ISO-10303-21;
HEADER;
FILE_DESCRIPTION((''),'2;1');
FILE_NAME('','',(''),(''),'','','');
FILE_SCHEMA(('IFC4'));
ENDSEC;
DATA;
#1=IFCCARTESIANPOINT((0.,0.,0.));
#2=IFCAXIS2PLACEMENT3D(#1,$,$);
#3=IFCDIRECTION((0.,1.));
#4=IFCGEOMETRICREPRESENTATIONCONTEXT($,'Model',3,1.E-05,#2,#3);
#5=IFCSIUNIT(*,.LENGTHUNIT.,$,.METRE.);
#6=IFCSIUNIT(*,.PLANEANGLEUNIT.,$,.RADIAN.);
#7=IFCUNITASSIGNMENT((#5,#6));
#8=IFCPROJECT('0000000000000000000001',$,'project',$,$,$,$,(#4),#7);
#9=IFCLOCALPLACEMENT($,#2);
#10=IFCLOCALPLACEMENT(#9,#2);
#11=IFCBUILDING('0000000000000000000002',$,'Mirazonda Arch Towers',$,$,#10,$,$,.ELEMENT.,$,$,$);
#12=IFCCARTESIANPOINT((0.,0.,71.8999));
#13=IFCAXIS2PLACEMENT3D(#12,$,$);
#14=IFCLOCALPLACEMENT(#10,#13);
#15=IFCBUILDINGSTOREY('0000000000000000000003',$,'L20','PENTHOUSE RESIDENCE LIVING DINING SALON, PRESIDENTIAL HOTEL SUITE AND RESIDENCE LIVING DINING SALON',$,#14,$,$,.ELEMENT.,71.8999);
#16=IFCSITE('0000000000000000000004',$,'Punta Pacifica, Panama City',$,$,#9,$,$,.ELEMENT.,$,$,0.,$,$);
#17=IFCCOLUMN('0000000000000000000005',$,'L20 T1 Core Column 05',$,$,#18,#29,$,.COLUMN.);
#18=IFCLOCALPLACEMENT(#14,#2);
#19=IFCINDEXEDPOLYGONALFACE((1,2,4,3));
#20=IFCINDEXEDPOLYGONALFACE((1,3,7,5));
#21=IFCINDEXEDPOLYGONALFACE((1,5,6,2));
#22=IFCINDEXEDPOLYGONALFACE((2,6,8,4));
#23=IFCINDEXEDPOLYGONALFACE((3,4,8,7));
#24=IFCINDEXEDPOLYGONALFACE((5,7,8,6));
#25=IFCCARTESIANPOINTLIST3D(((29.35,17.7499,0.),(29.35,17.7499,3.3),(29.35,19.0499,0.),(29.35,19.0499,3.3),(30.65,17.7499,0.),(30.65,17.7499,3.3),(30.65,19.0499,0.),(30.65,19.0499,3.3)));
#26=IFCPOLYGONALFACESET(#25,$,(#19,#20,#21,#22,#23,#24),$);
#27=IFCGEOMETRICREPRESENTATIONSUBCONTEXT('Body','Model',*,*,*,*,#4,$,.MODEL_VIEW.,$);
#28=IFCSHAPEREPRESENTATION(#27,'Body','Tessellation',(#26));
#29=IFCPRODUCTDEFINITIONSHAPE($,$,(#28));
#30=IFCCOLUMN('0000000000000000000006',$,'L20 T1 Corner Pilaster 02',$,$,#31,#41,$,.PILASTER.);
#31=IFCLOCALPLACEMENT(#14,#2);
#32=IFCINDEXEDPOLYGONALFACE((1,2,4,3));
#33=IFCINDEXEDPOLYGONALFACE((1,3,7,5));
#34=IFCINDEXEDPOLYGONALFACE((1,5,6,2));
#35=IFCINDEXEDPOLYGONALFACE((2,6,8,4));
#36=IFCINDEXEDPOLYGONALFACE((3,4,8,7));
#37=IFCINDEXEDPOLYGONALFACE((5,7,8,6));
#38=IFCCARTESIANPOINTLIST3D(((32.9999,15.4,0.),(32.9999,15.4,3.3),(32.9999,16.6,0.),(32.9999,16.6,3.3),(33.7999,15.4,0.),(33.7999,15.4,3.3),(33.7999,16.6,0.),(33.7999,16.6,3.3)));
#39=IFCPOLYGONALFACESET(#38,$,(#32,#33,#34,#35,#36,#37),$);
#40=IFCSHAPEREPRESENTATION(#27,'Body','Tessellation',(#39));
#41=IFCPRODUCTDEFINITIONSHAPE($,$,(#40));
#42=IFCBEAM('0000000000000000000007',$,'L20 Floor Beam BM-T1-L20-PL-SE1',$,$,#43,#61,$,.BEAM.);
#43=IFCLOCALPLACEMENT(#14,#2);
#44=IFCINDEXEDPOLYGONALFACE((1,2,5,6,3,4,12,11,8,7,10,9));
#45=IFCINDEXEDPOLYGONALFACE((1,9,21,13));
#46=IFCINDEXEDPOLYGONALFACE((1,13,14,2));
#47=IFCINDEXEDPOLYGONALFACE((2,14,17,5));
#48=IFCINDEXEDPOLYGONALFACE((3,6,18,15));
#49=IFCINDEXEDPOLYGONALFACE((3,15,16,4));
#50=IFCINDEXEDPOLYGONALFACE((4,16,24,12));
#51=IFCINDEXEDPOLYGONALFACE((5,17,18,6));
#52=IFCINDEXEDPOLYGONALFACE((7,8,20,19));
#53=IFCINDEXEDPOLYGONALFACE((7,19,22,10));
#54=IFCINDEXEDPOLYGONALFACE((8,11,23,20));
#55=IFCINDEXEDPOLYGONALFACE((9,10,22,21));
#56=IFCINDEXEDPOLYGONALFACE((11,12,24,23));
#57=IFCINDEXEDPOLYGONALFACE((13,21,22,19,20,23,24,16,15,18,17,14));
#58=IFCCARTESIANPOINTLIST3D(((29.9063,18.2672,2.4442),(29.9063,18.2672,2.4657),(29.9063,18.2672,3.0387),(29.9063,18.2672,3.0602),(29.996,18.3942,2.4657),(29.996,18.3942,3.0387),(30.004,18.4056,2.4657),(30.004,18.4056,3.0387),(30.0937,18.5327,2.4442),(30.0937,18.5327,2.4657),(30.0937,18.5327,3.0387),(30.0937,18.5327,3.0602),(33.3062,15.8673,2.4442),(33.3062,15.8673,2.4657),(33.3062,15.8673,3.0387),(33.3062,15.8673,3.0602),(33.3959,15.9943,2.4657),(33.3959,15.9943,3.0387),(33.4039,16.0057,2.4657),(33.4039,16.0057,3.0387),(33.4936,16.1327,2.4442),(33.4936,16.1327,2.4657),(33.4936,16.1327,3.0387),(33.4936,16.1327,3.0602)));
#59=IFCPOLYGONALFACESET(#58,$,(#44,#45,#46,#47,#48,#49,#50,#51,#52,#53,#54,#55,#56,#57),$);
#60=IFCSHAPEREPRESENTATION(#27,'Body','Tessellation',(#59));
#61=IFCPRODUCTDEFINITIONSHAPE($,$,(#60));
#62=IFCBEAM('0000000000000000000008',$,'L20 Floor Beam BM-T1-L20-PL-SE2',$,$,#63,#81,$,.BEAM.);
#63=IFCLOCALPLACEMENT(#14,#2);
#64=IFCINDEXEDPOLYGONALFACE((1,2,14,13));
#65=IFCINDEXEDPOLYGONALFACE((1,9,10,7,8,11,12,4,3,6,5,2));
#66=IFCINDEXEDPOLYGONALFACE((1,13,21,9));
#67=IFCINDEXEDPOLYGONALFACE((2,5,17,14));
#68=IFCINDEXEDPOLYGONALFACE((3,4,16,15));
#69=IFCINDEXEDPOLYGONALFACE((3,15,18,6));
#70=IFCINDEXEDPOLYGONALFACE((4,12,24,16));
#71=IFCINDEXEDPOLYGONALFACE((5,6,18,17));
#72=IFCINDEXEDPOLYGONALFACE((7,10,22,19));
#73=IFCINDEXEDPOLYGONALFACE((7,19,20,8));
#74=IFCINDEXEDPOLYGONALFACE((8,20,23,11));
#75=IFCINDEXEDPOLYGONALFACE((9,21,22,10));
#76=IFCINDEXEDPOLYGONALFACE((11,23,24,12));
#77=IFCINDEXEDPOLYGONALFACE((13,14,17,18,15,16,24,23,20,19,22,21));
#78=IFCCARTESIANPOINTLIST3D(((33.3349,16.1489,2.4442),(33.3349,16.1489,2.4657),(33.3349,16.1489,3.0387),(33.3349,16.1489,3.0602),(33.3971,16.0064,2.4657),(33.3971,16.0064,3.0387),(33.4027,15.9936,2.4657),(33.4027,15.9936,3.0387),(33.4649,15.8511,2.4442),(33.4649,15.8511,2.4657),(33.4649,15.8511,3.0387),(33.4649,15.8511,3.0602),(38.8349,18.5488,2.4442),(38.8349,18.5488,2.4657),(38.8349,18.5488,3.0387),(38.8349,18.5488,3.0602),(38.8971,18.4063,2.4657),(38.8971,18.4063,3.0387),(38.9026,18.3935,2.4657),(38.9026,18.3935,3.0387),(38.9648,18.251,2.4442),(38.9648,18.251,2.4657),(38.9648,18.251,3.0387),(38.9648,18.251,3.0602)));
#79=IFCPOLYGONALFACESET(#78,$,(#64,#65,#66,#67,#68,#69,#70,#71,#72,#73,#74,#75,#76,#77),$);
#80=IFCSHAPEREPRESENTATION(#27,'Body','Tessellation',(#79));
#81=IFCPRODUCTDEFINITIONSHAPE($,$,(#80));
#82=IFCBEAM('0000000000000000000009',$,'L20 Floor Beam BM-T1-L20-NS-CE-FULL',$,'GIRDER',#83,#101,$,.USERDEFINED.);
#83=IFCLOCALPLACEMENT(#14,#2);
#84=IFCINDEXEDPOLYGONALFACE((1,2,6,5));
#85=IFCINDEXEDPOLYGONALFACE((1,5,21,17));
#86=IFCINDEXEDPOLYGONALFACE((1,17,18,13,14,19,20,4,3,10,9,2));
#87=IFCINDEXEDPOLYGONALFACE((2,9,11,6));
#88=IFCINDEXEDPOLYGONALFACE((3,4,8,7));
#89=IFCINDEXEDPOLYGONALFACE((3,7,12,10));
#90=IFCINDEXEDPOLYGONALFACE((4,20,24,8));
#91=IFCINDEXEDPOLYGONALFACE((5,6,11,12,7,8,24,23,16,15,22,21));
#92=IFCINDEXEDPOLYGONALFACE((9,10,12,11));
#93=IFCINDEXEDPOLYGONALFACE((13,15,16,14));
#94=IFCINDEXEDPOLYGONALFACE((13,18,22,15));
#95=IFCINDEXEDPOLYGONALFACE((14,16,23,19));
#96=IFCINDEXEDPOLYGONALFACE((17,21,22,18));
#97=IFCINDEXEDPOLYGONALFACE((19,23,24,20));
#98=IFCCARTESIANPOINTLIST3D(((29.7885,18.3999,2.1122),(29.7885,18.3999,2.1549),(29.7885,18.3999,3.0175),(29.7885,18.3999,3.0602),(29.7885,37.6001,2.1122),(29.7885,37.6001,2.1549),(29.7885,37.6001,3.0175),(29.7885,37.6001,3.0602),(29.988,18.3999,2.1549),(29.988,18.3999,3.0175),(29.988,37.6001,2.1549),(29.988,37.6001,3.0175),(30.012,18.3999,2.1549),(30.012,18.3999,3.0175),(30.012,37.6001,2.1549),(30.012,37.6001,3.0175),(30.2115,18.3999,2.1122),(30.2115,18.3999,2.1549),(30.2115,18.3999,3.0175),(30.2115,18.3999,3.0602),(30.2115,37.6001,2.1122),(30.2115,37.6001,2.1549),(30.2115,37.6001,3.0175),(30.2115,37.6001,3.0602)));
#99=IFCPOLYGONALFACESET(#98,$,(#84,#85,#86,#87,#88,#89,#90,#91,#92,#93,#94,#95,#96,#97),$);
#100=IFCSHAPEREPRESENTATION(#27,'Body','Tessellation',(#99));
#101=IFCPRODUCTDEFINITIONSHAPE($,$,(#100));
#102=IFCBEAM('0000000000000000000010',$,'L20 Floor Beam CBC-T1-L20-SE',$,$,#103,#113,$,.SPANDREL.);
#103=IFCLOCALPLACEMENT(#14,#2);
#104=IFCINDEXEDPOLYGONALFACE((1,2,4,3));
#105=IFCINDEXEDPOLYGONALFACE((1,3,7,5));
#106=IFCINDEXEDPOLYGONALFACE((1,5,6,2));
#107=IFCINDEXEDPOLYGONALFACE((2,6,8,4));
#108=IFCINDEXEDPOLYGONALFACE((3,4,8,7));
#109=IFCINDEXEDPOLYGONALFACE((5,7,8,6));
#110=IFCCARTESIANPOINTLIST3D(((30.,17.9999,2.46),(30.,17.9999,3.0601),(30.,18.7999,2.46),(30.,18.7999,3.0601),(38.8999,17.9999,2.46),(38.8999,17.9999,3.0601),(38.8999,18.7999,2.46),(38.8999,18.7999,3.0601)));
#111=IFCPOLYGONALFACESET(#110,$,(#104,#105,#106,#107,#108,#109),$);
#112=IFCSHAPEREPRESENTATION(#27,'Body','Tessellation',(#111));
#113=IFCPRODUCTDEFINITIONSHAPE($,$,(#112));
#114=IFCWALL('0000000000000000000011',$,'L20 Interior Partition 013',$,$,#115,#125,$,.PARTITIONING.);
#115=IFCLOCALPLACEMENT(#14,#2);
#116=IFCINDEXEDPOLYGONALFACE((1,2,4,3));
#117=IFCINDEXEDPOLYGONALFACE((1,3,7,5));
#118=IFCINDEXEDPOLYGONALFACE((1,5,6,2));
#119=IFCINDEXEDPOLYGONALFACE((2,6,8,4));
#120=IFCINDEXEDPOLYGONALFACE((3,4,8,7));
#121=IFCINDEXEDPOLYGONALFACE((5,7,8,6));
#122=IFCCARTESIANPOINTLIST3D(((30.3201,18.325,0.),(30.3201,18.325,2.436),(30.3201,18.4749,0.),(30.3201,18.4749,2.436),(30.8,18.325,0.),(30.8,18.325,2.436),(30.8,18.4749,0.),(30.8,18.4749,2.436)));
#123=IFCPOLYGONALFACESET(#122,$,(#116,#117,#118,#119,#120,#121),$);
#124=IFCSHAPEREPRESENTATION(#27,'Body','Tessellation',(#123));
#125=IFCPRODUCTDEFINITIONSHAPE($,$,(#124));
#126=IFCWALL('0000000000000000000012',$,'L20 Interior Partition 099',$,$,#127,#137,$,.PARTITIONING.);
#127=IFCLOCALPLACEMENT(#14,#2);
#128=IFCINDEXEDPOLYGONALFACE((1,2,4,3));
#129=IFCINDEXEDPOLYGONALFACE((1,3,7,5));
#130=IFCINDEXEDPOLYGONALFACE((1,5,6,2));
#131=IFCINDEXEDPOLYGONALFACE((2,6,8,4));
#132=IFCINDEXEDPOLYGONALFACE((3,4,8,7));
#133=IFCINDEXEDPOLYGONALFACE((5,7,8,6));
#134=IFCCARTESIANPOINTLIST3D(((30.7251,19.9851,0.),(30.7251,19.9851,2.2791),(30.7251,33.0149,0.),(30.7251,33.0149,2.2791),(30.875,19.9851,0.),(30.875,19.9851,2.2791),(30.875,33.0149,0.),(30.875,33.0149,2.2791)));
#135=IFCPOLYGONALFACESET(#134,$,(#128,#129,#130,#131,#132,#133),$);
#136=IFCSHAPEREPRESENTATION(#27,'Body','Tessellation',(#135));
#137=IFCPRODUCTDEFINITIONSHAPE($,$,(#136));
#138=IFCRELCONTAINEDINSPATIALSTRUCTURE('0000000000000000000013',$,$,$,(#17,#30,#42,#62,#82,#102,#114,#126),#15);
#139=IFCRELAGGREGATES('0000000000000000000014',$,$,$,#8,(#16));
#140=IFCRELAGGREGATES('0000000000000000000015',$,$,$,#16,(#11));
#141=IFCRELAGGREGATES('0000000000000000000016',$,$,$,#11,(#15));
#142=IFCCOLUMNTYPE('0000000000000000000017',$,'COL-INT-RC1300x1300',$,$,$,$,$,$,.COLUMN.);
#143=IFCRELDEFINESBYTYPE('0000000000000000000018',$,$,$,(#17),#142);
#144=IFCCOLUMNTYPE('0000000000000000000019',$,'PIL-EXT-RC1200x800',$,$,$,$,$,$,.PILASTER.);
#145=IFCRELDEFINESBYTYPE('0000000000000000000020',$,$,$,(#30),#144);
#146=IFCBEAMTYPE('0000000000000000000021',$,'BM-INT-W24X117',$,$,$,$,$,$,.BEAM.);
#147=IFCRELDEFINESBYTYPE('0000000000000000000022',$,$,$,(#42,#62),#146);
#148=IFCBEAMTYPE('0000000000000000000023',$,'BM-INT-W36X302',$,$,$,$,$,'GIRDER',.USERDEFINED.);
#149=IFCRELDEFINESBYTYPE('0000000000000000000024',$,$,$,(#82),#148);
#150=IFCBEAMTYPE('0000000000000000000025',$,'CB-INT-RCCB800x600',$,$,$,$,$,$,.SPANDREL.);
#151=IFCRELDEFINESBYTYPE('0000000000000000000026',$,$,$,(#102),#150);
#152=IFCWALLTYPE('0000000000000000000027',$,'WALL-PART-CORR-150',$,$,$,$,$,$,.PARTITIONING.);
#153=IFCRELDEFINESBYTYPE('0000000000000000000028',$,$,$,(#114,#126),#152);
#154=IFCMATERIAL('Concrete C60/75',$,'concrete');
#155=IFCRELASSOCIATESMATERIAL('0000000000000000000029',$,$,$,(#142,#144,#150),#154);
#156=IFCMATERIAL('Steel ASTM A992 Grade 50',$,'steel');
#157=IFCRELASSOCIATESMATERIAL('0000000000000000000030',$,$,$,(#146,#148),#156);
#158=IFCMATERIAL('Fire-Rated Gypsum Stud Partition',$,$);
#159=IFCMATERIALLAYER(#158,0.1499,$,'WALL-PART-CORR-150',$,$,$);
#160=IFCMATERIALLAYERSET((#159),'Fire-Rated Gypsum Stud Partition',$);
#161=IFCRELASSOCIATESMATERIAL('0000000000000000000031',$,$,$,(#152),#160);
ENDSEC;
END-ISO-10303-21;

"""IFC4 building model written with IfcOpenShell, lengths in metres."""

from ifc_helpers import new_model, si_unit, direction, frame, frame_2d, origin, origin_2d, place, context, subcontext, project, spatial, rectangle, i_section, extrude, material, layer, layer_set, material_profile, profile_set, type_object, element, save


model = new_model("IFC4")

# Units and contexts
model_context = context("Model", 3, precision=1e-05, world=origin(), true_north=direction((0.0, 1.0)))
body_context = subcontext(model_context, "Body", "Model", "MODEL_VIEW")
ifc_project = project(units=[si_unit("LENGTHUNIT", "METRE"), si_unit("PLANEANGLEUNIT", "RADIAN")], contexts=[model_context])

# Site, building, storey
site_placement = place(None, origin())
site = spatial("IfcSite", under=ifc_project, at=site_placement, Name="Punta Pacifica, Panama City", CompositionType="ELEMENT", RefElevation=0.0)
building_placement = place(site_placement, origin())
building = spatial("IfcBuilding", under=site, at=building_placement, Name="Mirazonda Arch Towers", CompositionType="ELEMENT")
storey_placement = place(building_placement, frame((0.0, 0.0, 71.8999)))
storey = spatial("IfcBuildingStorey", under=building, at=storey_placement, Name="L20", Description="PENTHOUSE RESIDENCE LIVING DINING SALON, PRESIDENTIAL HOTEL SUITE AND RESIDENCE LIVING DINING SALON", CompositionType="ELEMENT", Elevation=71.8999)

# Columns
ifc_material_1 = material(Name="Concrete C60/75", Category="concrete")
ifc_material_profile_1 = material_profile(ifc_material_1, rectangle(XDim=1.3, YDim=1.3, at=origin_2d()), Name="RC1300x1300")
ifc_profile_set_1 = profile_set([ifc_material_profile_1], Name="Concrete C60/75")
column_type_1 = type_object("IfcColumnType", Name="COL-INT-RC1300x1300", PredefinedType="COLUMN", material=ifc_profile_set_1)
column_1_placement = place(storey_placement, frame((30.0, 18.3999, 0.0), z_axis=(0.0, 0.0, 1.0), x_axis=(1.0, 0.0, 0.0)))
element("IfcColumn", 1, at=column_1_placement, inside=storey, type_object=column_type_1, Name="L20 T1 Core Column 05", PredefinedType="COLUMN", context=body_context, shape_type="SweptSolid", body=[
    extrude(rectangle(XDim=1.3, YDim=1.3, at=origin_2d()), origin(), (0.0, 0.0, 1.0), 3.3),
])
ifc_material_profile_2 = material_profile(ifc_material_1, rectangle(XDim=0.8, YDim=1.2, at=origin_2d()), Name="RC1200x800")
ifc_profile_set_2 = profile_set([ifc_material_profile_2], Name="Concrete C60/75")
column_type_2 = type_object("IfcColumnType", Name="PIL-EXT-RC1200x800", PredefinedType="PILASTER", material=ifc_profile_set_2)
column_2_placement = place(storey_placement, frame((33.3999, 16.0, 0.0), z_axis=(0.0, 0.0, 1.0), x_axis=(1.0, 0.0, 0.0)))
element("IfcColumn", 2, at=column_2_placement, inside=storey, type_object=column_type_2, Name="L20 T1 Corner Pilaster 02", PredefinedType="PILASTER", context=body_context, shape_type="SweptSolid", body=[
    extrude(rectangle(XDim=0.8, YDim=1.2, at=origin_2d()), origin(), (0.0, 0.0, 1.0), 3.3),
])

# Beams
ifc_material_2 = material(Name="Steel ASTM A992 Grade 50", Category="steel")
ifc_material_profile_3 = material_profile(ifc_material_2, i_section(OverallWidth=0.325, OverallDepth=0.616, WebThickness=0.0139, FlangeThickness=0.0215, at=origin_2d()), Name="W24X117")
ifc_profile_set_3 = profile_set([ifc_material_profile_3], Name="Steel ASTM A992 Grade 50")
beam_type_1 = type_object("IfcBeamType", Name="BM-INT-W24X117", PredefinedType="BEAM", material=ifc_profile_set_3)
beam_1_placement = place(storey_placement, frame((33.3999, 16.0, 2.7522), z_axis=(-0.816971, 0.576679, 0.0), x_axis=(-0.576679, -0.816971, 0.0)))
element("IfcBeam", 3, at=beam_1_placement, inside=storey, type_object=beam_type_1, Name="L20 Floor Beam BM-T1-L20-PL-SE1", PredefinedType="BEAM", context=body_context, shape_type="SweptSolid", body=[
    extrude(i_section(OverallWidth=0.325, OverallDepth=0.616, WebThickness=0.0139, FlangeThickness=0.0215, at=origin_2d()), origin(), (0.0, 0.0, 1.0), 4.1616),
])
beam_2_placement = place(storey_placement, frame((33.3999, 16.0, 2.7522), z_axis=(0.916545, 0.399931, 0.0), x_axis=(-0.399931, 0.916545, 0.0)))
element("IfcBeam", 4, at=beam_2_placement, inside=storey, type_object=beam_type_1, Name="L20 Floor Beam BM-T1-L20-PL-SE2", PredefinedType="BEAM", context=body_context, shape_type="SweptSolid", body=[
    extrude(i_section(OverallWidth=0.325, OverallDepth=0.616, WebThickness=0.0139, FlangeThickness=0.0215, at=origin_2d()), origin(), (0.0, 0.0, 1.0), 6.0007),
])
ifc_material_profile_4 = material_profile(ifc_material_2, i_section(OverallWidth=0.4231, OverallDepth=0.948, WebThickness=0.0239, FlangeThickness=0.0427, at=origin_2d()), Name="W36X302")
ifc_profile_set_4 = profile_set([ifc_material_profile_4], Name="Steel ASTM A992 Grade 50")
beam_type_2 = type_object("IfcBeamType", Name="BM-INT-W36X302", ElementType="GIRDER", PredefinedType="USERDEFINED", material=ifc_profile_set_4)
beam_3_placement = place(storey_placement, frame((30.0, 18.3999, 2.5862), z_axis=(0.0, 1.0, 0.0), x_axis=(-1.0, 0.0, 0.0)))
element("IfcBeam", 5, at=beam_3_placement, inside=storey, type_object=beam_type_2, Name="L20 Floor Beam BM-T1-L20-NS-CE-FULL", ObjectType="GIRDER", PredefinedType="USERDEFINED", context=body_context, shape_type="SweptSolid", body=[
    extrude(i_section(OverallWidth=0.4231, OverallDepth=0.948, WebThickness=0.0239, FlangeThickness=0.0427, at=origin_2d()), origin(), (0.0, 0.0, 1.0), 19.2002),
])
ifc_material_profile_5 = material_profile(ifc_material_1, rectangle(XDim=0.8, YDim=0.6001, at=origin_2d()), Name="RCCB800x600")
ifc_profile_set_5 = profile_set([ifc_material_profile_5], Name="Concrete C60/75")
beam_type_3 = type_object("IfcBeamType", Name="CB-INT-RCCB800x600", PredefinedType="SPANDREL", material=ifc_profile_set_5)
beam_4_placement = place(storey_placement, frame((30.0, 18.3999, 2.76), z_axis=(1.0, 0.0, 0.0), x_axis=(0.0, 1.0, 0.0)))
element("IfcBeam", 6, at=beam_4_placement, inside=storey, type_object=beam_type_3, Name="L20 Floor Beam CBC-T1-L20-SE", PredefinedType="SPANDREL", context=body_context, shape_type="SweptSolid", body=[
    extrude(rectangle(XDim=0.8, YDim=0.6001, at=origin_2d()), origin(), (0.0, 0.0, 1.0), 8.8999),
])

# Walls
ifc_material_3 = material(Name="Fire-Rated Gypsum Stud Partition")
ifc_layer_1 = layer(ifc_material_3, 0.1499, Name="WALL-PART-CORR-150")
ifc_layer_set_1 = layer_set([ifc_layer_1], Name="Fire-Rated Gypsum Stud Partition")
wall_type_1 = type_object("IfcWallType", Name="WALL-PART-CORR-150", PredefinedType="PARTITIONING", material=ifc_layer_set_1)
wall_1_placement = place(storey_placement, frame((30.3201, 18.3999, 0.0), z_axis=(0.0, 0.0, 1.0), x_axis=(1.0, 0.0, 0.0)))
element("IfcWall", 7, at=wall_1_placement, inside=storey, type_object=wall_type_1, Name="L20 Interior Partition 013", PredefinedType="PARTITIONING", context=body_context, shape_type="SweptSolid", body=[
    extrude(rectangle(XDim=0.48, YDim=0.1499, at=frame_2d((0.24, 0.0))), origin(), (0.0, 0.0, 1.0), 2.436),
])
wall_2_placement = place(storey_placement, frame((30.8, 19.9851, 0.0), z_axis=(0.0, 0.0, 1.0), x_axis=(0.0, 1.0, 0.0)))
element("IfcWall", 8, at=wall_2_placement, inside=storey, type_object=wall_type_1, Name="L20 Interior Partition 099", PredefinedType="PARTITIONING", context=body_context, shape_type="SweptSolid", body=[
    extrude(rectangle(XDim=13.0298, YDim=0.1499, at=frame_2d((6.5149, 0.0))), origin(), (0.0, 0.0, 1.0), 2.2791),
])

save(model, "model.ifc")
